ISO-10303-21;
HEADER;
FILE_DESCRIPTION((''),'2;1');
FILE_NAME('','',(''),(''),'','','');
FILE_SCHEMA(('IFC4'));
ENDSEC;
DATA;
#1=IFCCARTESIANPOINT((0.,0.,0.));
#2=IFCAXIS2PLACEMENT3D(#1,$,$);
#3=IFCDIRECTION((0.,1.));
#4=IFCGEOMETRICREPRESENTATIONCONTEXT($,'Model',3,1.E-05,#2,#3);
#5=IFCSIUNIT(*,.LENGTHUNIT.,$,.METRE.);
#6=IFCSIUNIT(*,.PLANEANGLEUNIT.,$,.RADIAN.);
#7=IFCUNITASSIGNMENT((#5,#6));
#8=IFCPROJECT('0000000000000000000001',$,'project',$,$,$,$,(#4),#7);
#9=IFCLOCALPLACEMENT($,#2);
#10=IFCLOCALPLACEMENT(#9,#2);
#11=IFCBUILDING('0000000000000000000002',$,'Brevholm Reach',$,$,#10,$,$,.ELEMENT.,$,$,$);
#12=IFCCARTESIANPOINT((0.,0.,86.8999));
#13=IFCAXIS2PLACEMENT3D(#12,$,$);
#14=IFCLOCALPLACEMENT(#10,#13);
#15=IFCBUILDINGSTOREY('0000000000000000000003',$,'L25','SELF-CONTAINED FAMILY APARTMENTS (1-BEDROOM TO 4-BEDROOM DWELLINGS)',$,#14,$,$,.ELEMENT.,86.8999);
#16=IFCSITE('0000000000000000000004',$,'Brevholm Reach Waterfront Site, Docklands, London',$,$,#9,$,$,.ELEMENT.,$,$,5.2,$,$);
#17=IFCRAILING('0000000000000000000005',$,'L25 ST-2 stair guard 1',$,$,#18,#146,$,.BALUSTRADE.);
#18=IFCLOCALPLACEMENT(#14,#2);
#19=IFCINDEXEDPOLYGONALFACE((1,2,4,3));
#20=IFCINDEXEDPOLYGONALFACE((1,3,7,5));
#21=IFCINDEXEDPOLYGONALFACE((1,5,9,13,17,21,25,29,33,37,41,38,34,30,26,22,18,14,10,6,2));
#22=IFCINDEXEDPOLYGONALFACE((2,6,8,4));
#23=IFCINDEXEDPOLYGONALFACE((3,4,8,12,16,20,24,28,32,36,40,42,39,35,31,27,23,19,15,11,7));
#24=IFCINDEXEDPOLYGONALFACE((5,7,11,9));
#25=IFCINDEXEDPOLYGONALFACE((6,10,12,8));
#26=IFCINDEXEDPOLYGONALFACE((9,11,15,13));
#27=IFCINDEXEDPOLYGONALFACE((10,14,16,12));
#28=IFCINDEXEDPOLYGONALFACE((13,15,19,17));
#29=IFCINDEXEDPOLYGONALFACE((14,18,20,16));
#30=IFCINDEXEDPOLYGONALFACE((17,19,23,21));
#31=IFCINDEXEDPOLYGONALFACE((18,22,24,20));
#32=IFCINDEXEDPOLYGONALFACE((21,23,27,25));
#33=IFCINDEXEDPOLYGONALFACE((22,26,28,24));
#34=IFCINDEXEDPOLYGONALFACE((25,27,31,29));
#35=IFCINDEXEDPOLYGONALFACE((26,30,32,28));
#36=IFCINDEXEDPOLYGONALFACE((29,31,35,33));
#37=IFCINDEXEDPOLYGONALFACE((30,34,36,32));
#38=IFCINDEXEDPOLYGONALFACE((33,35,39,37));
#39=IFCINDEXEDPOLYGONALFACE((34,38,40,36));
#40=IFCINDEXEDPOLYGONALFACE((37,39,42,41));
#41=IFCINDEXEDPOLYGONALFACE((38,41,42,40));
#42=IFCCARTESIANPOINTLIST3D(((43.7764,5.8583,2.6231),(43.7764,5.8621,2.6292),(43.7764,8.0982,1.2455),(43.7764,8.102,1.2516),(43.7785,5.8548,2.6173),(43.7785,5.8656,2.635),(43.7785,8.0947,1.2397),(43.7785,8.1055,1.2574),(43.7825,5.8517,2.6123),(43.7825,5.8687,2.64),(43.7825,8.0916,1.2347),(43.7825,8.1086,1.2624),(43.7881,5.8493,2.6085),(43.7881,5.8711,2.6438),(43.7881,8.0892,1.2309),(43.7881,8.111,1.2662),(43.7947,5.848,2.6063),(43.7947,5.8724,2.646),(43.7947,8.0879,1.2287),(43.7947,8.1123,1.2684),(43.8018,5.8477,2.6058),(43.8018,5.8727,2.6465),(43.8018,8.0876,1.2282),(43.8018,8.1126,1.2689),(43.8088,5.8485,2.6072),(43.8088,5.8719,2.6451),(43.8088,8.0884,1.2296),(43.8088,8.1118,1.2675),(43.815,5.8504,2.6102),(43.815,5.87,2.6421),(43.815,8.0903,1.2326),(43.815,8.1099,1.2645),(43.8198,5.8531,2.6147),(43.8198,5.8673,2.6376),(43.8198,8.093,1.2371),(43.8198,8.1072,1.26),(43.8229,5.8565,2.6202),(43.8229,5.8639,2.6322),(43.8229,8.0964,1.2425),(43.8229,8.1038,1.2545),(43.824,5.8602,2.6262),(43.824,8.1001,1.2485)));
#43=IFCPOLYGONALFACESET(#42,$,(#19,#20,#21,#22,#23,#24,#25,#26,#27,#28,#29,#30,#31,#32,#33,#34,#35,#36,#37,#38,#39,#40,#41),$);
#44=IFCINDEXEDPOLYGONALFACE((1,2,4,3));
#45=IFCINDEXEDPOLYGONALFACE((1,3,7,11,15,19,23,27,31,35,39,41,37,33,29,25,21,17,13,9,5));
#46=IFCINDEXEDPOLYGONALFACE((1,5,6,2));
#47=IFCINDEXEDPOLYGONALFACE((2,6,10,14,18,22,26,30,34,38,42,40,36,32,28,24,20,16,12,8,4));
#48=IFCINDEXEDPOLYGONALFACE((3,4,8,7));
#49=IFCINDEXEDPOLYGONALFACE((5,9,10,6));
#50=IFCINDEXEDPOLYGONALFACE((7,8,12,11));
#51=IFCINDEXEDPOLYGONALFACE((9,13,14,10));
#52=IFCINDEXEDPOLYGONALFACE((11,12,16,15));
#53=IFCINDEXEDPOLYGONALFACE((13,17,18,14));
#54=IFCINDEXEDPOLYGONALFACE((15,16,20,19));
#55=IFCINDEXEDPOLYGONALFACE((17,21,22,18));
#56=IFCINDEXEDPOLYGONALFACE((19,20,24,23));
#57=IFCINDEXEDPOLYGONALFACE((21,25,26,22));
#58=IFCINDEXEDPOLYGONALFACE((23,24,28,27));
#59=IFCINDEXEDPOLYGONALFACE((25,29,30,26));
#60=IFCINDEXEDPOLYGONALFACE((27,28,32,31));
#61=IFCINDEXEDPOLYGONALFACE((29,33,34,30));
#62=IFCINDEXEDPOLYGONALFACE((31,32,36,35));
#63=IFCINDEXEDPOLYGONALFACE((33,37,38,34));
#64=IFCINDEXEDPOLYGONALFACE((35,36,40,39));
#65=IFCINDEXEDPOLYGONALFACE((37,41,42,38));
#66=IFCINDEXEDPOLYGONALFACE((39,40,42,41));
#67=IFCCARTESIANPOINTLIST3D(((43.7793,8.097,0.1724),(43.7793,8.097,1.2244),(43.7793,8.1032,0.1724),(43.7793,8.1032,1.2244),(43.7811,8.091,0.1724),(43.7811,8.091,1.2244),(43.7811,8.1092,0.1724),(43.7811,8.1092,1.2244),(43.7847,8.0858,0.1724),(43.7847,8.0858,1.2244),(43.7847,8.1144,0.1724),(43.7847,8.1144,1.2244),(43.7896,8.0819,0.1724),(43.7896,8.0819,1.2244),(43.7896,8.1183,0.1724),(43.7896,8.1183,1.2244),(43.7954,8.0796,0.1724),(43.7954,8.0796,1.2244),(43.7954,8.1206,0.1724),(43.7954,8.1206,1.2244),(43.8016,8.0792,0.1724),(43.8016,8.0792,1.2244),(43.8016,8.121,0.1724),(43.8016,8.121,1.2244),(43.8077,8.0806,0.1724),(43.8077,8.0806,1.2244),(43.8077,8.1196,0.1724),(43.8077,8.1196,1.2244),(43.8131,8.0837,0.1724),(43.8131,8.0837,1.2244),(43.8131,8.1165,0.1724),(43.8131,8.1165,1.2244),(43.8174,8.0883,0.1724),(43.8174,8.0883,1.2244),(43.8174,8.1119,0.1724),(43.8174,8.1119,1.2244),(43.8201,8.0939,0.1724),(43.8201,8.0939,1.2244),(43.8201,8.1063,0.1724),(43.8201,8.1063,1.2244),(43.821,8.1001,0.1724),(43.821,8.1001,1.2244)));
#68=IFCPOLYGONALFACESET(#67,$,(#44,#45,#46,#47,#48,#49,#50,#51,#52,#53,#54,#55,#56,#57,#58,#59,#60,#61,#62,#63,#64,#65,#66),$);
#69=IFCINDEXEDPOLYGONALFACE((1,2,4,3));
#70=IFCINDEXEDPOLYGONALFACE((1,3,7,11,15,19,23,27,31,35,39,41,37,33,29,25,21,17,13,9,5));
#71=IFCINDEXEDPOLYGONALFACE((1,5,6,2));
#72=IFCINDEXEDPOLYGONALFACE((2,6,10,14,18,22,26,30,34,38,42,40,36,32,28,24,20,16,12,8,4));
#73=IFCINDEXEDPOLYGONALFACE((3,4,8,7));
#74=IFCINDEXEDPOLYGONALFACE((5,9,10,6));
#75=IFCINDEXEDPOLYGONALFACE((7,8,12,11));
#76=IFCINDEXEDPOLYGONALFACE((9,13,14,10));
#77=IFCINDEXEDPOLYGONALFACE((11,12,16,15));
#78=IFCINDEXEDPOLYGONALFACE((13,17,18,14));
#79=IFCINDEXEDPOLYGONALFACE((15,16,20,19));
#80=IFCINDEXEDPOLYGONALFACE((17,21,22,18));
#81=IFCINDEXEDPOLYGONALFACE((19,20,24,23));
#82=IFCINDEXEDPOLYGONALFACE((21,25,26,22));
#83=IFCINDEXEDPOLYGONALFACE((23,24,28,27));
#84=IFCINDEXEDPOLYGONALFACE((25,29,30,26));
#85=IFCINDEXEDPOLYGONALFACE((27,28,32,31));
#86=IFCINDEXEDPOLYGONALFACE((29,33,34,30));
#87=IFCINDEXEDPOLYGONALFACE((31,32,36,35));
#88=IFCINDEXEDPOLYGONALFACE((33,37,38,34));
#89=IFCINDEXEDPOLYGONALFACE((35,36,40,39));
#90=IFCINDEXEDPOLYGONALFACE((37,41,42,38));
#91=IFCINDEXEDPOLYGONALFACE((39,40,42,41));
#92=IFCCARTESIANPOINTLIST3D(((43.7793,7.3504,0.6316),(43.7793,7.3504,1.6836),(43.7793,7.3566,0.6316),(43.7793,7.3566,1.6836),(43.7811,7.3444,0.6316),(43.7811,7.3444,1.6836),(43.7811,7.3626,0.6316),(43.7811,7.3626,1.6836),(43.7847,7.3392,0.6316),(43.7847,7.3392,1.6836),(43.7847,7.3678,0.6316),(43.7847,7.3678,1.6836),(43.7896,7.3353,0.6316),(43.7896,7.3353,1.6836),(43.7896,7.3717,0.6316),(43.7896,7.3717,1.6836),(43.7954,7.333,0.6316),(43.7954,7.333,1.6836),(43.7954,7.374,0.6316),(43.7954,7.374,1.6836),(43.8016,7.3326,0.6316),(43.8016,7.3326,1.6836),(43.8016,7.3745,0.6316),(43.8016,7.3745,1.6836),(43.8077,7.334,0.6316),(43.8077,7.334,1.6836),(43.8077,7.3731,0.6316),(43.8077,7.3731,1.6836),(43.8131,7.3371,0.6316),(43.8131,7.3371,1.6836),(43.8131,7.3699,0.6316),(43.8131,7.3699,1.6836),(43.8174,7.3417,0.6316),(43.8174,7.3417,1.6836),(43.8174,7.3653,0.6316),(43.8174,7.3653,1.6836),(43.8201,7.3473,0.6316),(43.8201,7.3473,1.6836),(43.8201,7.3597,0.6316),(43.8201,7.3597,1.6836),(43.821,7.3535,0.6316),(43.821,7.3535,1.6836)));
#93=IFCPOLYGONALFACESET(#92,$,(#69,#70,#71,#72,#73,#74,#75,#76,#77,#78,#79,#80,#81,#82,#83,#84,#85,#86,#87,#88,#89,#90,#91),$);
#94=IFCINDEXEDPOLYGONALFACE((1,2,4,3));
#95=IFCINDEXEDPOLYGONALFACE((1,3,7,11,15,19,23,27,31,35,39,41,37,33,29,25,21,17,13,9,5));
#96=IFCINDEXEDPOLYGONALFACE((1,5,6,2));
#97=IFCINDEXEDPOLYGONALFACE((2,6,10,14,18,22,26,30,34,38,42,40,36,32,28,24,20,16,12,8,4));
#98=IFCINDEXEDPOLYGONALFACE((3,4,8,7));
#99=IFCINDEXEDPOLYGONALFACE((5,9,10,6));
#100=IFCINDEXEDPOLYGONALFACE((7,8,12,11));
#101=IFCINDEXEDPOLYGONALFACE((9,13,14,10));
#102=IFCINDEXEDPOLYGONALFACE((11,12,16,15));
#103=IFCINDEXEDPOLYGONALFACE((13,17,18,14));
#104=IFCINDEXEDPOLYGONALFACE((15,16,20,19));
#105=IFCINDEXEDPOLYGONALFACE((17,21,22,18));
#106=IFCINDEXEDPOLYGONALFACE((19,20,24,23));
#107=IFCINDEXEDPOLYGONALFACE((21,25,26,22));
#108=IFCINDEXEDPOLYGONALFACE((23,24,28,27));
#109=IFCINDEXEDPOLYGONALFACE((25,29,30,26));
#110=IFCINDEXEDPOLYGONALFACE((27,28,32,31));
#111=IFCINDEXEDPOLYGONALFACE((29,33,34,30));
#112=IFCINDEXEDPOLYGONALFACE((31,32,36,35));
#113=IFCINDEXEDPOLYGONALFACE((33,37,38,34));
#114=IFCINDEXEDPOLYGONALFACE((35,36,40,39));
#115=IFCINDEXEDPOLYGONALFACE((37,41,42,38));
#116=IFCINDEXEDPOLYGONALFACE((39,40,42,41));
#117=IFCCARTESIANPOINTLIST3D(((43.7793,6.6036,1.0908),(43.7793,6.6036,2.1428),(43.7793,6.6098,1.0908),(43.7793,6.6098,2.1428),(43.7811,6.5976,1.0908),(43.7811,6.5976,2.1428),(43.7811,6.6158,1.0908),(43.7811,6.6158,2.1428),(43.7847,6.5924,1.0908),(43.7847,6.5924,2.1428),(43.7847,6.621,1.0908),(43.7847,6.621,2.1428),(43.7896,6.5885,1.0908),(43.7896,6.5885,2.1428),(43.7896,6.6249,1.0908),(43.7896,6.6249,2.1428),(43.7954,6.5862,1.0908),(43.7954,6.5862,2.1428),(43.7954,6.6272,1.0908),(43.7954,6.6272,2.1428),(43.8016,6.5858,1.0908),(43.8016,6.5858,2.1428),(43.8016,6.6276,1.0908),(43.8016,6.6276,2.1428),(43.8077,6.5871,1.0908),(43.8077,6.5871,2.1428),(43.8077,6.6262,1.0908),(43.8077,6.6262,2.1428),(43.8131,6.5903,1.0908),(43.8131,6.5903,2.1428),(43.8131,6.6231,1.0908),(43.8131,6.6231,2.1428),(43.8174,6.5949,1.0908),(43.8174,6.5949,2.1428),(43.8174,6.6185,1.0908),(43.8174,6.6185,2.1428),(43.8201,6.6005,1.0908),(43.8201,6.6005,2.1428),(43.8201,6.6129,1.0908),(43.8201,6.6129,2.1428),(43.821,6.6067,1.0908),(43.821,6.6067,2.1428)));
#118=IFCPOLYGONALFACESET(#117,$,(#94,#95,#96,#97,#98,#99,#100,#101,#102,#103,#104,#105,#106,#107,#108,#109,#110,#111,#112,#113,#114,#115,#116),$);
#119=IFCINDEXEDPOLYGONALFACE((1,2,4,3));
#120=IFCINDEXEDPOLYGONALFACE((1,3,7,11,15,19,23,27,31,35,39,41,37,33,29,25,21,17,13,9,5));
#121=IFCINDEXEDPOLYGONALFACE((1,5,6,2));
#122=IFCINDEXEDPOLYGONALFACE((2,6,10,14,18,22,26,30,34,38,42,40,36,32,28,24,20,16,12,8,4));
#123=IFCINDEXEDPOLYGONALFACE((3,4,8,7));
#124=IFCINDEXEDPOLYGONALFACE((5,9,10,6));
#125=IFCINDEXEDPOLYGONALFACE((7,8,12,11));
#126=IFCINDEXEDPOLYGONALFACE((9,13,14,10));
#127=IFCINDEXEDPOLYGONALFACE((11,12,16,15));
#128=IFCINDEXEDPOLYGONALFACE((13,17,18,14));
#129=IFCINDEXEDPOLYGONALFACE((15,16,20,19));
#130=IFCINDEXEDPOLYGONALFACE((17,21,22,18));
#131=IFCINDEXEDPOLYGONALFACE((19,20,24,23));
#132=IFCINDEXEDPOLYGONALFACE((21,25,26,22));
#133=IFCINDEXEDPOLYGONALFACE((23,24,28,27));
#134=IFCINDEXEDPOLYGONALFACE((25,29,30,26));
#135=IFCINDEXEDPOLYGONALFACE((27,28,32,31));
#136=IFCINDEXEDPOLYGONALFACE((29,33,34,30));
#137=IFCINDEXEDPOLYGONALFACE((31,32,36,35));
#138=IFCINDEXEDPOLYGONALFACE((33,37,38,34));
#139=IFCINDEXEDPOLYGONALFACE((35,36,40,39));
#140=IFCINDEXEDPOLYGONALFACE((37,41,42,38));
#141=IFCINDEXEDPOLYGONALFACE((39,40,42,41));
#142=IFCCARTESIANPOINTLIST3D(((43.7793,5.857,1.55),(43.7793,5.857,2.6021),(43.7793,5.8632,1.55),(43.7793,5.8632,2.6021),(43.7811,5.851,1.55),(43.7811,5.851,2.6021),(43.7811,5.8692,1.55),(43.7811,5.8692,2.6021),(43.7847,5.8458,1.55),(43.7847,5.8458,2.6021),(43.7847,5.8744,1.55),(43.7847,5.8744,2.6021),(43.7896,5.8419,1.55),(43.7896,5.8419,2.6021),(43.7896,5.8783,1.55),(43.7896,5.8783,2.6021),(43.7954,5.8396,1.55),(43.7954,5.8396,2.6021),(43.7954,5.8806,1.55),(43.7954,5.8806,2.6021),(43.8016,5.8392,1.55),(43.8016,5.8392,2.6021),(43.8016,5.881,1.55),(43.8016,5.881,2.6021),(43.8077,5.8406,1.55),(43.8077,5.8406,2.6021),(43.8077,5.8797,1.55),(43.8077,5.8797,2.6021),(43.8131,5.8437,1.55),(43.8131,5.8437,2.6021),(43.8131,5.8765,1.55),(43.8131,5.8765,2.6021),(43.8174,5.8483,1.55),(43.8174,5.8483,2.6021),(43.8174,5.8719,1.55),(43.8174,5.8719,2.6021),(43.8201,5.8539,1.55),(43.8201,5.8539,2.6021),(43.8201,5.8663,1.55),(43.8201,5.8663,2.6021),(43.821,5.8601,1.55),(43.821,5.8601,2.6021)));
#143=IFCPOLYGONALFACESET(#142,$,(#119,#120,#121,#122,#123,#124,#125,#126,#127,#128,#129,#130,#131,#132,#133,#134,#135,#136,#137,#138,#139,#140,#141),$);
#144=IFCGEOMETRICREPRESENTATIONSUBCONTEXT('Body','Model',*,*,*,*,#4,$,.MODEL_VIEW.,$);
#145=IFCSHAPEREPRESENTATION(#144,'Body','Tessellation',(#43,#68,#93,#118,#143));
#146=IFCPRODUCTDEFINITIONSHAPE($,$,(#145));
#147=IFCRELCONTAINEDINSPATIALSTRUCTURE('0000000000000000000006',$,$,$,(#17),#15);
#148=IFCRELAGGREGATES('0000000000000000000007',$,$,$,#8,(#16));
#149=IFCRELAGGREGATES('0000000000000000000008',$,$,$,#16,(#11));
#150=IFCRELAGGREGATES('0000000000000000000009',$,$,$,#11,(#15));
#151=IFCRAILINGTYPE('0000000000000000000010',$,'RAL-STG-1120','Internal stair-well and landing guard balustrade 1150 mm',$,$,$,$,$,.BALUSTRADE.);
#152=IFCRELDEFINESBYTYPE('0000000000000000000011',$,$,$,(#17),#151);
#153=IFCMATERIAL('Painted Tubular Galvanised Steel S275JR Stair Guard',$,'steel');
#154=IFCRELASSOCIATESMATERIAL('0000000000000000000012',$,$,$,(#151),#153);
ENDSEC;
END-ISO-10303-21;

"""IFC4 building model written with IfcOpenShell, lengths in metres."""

from ifc_helpers import new_model, si_unit, direction, frame, origin, origin_2d, place, context, subcontext, project, spatial, circle, extrude, material, type_object, element, save


model = new_model("IFC4")

# Units and contexts
model_context = context("Model", 3, precision=1e-05, world=origin(), true_north=direction((0.0, 1.0)))
body_context = subcontext(model_context, "Body", "Model", "MODEL_VIEW")
ifc_project = project(units=[si_unit("LENGTHUNIT", "METRE"), si_unit("PLANEANGLEUNIT", "RADIAN")], contexts=[model_context])

# Site, building, storey
site_placement = place(None, origin())
site = spatial("IfcSite", under=ifc_project, at=site_placement, Name="Brevholm Reach Waterfront Site, Docklands, London", CompositionType="ELEMENT", RefElevation=5.2)
building_placement = place(site_placement, origin())
building = spatial("IfcBuilding", under=site, at=building_placement, Name="Brevholm Reach", CompositionType="ELEMENT")
storey_placement = place(building_placement, frame((0.0, 0.0, 86.8999)))
storey = spatial("IfcBuildingStorey", under=building, at=storey_placement, Name="L25", Description="SELF-CONTAINED FAMILY APARTMENTS (1-BEDROOM TO 4-BEDROOM DWELLINGS)", CompositionType="ELEMENT", Elevation=86.8999)

# Railing
ifc_material_1 = material(Name="Painted Tubular Galvanised Steel S275JR Stair Guard", Category="steel")
railing_type_1 = type_object("IfcRailingType", Name="RAL-STG-1120", Description="Internal stair-well and landing guard balustrade 1150 mm", PredefinedType="BALUSTRADE", material=ifc_material_1)
railing_1_placement = place(storey_placement, frame((43.8, 8.1001, 0.1724)))
element("IfcRailing", 1, at=railing_1_placement, inside=storey, type_object=railing_type_1, Name="L25 ST-2 stair guard 1", PredefinedType="BALUSTRADE", context=body_context, shape_type="SweptSolid", body=[
    extrude(circle(Radius=0.0239, at=origin_2d()), frame((0.0, 0.0, 1.0762), z_axis=(0.0, -0.851789, 0.523885), x_axis=(1.0, 0.0, 0.0)), (0.0, 0.0, 1.0), 2.6296),
    extrude(circle(Radius=0.021, at=origin_2d()), origin(), (0.0, 0.0, 1.0), 1.052),
    extrude(circle(Radius=0.021, at=origin_2d()), frame((0.0, -0.7466, 0.4592)), (0.0, 0.0, 1.0), 1.052),
    extrude(circle(Radius=0.021, at=origin_2d()), frame((0.0, -1.4934, 0.9185)), (0.0, 0.0, 1.0), 1.052),
    extrude(circle(Radius=0.021, at=origin_2d()), frame((0.0, -2.24, 1.3777)), (0.0, 0.0, 1.0), 1.052),
])

save(model, "model.ifc")
